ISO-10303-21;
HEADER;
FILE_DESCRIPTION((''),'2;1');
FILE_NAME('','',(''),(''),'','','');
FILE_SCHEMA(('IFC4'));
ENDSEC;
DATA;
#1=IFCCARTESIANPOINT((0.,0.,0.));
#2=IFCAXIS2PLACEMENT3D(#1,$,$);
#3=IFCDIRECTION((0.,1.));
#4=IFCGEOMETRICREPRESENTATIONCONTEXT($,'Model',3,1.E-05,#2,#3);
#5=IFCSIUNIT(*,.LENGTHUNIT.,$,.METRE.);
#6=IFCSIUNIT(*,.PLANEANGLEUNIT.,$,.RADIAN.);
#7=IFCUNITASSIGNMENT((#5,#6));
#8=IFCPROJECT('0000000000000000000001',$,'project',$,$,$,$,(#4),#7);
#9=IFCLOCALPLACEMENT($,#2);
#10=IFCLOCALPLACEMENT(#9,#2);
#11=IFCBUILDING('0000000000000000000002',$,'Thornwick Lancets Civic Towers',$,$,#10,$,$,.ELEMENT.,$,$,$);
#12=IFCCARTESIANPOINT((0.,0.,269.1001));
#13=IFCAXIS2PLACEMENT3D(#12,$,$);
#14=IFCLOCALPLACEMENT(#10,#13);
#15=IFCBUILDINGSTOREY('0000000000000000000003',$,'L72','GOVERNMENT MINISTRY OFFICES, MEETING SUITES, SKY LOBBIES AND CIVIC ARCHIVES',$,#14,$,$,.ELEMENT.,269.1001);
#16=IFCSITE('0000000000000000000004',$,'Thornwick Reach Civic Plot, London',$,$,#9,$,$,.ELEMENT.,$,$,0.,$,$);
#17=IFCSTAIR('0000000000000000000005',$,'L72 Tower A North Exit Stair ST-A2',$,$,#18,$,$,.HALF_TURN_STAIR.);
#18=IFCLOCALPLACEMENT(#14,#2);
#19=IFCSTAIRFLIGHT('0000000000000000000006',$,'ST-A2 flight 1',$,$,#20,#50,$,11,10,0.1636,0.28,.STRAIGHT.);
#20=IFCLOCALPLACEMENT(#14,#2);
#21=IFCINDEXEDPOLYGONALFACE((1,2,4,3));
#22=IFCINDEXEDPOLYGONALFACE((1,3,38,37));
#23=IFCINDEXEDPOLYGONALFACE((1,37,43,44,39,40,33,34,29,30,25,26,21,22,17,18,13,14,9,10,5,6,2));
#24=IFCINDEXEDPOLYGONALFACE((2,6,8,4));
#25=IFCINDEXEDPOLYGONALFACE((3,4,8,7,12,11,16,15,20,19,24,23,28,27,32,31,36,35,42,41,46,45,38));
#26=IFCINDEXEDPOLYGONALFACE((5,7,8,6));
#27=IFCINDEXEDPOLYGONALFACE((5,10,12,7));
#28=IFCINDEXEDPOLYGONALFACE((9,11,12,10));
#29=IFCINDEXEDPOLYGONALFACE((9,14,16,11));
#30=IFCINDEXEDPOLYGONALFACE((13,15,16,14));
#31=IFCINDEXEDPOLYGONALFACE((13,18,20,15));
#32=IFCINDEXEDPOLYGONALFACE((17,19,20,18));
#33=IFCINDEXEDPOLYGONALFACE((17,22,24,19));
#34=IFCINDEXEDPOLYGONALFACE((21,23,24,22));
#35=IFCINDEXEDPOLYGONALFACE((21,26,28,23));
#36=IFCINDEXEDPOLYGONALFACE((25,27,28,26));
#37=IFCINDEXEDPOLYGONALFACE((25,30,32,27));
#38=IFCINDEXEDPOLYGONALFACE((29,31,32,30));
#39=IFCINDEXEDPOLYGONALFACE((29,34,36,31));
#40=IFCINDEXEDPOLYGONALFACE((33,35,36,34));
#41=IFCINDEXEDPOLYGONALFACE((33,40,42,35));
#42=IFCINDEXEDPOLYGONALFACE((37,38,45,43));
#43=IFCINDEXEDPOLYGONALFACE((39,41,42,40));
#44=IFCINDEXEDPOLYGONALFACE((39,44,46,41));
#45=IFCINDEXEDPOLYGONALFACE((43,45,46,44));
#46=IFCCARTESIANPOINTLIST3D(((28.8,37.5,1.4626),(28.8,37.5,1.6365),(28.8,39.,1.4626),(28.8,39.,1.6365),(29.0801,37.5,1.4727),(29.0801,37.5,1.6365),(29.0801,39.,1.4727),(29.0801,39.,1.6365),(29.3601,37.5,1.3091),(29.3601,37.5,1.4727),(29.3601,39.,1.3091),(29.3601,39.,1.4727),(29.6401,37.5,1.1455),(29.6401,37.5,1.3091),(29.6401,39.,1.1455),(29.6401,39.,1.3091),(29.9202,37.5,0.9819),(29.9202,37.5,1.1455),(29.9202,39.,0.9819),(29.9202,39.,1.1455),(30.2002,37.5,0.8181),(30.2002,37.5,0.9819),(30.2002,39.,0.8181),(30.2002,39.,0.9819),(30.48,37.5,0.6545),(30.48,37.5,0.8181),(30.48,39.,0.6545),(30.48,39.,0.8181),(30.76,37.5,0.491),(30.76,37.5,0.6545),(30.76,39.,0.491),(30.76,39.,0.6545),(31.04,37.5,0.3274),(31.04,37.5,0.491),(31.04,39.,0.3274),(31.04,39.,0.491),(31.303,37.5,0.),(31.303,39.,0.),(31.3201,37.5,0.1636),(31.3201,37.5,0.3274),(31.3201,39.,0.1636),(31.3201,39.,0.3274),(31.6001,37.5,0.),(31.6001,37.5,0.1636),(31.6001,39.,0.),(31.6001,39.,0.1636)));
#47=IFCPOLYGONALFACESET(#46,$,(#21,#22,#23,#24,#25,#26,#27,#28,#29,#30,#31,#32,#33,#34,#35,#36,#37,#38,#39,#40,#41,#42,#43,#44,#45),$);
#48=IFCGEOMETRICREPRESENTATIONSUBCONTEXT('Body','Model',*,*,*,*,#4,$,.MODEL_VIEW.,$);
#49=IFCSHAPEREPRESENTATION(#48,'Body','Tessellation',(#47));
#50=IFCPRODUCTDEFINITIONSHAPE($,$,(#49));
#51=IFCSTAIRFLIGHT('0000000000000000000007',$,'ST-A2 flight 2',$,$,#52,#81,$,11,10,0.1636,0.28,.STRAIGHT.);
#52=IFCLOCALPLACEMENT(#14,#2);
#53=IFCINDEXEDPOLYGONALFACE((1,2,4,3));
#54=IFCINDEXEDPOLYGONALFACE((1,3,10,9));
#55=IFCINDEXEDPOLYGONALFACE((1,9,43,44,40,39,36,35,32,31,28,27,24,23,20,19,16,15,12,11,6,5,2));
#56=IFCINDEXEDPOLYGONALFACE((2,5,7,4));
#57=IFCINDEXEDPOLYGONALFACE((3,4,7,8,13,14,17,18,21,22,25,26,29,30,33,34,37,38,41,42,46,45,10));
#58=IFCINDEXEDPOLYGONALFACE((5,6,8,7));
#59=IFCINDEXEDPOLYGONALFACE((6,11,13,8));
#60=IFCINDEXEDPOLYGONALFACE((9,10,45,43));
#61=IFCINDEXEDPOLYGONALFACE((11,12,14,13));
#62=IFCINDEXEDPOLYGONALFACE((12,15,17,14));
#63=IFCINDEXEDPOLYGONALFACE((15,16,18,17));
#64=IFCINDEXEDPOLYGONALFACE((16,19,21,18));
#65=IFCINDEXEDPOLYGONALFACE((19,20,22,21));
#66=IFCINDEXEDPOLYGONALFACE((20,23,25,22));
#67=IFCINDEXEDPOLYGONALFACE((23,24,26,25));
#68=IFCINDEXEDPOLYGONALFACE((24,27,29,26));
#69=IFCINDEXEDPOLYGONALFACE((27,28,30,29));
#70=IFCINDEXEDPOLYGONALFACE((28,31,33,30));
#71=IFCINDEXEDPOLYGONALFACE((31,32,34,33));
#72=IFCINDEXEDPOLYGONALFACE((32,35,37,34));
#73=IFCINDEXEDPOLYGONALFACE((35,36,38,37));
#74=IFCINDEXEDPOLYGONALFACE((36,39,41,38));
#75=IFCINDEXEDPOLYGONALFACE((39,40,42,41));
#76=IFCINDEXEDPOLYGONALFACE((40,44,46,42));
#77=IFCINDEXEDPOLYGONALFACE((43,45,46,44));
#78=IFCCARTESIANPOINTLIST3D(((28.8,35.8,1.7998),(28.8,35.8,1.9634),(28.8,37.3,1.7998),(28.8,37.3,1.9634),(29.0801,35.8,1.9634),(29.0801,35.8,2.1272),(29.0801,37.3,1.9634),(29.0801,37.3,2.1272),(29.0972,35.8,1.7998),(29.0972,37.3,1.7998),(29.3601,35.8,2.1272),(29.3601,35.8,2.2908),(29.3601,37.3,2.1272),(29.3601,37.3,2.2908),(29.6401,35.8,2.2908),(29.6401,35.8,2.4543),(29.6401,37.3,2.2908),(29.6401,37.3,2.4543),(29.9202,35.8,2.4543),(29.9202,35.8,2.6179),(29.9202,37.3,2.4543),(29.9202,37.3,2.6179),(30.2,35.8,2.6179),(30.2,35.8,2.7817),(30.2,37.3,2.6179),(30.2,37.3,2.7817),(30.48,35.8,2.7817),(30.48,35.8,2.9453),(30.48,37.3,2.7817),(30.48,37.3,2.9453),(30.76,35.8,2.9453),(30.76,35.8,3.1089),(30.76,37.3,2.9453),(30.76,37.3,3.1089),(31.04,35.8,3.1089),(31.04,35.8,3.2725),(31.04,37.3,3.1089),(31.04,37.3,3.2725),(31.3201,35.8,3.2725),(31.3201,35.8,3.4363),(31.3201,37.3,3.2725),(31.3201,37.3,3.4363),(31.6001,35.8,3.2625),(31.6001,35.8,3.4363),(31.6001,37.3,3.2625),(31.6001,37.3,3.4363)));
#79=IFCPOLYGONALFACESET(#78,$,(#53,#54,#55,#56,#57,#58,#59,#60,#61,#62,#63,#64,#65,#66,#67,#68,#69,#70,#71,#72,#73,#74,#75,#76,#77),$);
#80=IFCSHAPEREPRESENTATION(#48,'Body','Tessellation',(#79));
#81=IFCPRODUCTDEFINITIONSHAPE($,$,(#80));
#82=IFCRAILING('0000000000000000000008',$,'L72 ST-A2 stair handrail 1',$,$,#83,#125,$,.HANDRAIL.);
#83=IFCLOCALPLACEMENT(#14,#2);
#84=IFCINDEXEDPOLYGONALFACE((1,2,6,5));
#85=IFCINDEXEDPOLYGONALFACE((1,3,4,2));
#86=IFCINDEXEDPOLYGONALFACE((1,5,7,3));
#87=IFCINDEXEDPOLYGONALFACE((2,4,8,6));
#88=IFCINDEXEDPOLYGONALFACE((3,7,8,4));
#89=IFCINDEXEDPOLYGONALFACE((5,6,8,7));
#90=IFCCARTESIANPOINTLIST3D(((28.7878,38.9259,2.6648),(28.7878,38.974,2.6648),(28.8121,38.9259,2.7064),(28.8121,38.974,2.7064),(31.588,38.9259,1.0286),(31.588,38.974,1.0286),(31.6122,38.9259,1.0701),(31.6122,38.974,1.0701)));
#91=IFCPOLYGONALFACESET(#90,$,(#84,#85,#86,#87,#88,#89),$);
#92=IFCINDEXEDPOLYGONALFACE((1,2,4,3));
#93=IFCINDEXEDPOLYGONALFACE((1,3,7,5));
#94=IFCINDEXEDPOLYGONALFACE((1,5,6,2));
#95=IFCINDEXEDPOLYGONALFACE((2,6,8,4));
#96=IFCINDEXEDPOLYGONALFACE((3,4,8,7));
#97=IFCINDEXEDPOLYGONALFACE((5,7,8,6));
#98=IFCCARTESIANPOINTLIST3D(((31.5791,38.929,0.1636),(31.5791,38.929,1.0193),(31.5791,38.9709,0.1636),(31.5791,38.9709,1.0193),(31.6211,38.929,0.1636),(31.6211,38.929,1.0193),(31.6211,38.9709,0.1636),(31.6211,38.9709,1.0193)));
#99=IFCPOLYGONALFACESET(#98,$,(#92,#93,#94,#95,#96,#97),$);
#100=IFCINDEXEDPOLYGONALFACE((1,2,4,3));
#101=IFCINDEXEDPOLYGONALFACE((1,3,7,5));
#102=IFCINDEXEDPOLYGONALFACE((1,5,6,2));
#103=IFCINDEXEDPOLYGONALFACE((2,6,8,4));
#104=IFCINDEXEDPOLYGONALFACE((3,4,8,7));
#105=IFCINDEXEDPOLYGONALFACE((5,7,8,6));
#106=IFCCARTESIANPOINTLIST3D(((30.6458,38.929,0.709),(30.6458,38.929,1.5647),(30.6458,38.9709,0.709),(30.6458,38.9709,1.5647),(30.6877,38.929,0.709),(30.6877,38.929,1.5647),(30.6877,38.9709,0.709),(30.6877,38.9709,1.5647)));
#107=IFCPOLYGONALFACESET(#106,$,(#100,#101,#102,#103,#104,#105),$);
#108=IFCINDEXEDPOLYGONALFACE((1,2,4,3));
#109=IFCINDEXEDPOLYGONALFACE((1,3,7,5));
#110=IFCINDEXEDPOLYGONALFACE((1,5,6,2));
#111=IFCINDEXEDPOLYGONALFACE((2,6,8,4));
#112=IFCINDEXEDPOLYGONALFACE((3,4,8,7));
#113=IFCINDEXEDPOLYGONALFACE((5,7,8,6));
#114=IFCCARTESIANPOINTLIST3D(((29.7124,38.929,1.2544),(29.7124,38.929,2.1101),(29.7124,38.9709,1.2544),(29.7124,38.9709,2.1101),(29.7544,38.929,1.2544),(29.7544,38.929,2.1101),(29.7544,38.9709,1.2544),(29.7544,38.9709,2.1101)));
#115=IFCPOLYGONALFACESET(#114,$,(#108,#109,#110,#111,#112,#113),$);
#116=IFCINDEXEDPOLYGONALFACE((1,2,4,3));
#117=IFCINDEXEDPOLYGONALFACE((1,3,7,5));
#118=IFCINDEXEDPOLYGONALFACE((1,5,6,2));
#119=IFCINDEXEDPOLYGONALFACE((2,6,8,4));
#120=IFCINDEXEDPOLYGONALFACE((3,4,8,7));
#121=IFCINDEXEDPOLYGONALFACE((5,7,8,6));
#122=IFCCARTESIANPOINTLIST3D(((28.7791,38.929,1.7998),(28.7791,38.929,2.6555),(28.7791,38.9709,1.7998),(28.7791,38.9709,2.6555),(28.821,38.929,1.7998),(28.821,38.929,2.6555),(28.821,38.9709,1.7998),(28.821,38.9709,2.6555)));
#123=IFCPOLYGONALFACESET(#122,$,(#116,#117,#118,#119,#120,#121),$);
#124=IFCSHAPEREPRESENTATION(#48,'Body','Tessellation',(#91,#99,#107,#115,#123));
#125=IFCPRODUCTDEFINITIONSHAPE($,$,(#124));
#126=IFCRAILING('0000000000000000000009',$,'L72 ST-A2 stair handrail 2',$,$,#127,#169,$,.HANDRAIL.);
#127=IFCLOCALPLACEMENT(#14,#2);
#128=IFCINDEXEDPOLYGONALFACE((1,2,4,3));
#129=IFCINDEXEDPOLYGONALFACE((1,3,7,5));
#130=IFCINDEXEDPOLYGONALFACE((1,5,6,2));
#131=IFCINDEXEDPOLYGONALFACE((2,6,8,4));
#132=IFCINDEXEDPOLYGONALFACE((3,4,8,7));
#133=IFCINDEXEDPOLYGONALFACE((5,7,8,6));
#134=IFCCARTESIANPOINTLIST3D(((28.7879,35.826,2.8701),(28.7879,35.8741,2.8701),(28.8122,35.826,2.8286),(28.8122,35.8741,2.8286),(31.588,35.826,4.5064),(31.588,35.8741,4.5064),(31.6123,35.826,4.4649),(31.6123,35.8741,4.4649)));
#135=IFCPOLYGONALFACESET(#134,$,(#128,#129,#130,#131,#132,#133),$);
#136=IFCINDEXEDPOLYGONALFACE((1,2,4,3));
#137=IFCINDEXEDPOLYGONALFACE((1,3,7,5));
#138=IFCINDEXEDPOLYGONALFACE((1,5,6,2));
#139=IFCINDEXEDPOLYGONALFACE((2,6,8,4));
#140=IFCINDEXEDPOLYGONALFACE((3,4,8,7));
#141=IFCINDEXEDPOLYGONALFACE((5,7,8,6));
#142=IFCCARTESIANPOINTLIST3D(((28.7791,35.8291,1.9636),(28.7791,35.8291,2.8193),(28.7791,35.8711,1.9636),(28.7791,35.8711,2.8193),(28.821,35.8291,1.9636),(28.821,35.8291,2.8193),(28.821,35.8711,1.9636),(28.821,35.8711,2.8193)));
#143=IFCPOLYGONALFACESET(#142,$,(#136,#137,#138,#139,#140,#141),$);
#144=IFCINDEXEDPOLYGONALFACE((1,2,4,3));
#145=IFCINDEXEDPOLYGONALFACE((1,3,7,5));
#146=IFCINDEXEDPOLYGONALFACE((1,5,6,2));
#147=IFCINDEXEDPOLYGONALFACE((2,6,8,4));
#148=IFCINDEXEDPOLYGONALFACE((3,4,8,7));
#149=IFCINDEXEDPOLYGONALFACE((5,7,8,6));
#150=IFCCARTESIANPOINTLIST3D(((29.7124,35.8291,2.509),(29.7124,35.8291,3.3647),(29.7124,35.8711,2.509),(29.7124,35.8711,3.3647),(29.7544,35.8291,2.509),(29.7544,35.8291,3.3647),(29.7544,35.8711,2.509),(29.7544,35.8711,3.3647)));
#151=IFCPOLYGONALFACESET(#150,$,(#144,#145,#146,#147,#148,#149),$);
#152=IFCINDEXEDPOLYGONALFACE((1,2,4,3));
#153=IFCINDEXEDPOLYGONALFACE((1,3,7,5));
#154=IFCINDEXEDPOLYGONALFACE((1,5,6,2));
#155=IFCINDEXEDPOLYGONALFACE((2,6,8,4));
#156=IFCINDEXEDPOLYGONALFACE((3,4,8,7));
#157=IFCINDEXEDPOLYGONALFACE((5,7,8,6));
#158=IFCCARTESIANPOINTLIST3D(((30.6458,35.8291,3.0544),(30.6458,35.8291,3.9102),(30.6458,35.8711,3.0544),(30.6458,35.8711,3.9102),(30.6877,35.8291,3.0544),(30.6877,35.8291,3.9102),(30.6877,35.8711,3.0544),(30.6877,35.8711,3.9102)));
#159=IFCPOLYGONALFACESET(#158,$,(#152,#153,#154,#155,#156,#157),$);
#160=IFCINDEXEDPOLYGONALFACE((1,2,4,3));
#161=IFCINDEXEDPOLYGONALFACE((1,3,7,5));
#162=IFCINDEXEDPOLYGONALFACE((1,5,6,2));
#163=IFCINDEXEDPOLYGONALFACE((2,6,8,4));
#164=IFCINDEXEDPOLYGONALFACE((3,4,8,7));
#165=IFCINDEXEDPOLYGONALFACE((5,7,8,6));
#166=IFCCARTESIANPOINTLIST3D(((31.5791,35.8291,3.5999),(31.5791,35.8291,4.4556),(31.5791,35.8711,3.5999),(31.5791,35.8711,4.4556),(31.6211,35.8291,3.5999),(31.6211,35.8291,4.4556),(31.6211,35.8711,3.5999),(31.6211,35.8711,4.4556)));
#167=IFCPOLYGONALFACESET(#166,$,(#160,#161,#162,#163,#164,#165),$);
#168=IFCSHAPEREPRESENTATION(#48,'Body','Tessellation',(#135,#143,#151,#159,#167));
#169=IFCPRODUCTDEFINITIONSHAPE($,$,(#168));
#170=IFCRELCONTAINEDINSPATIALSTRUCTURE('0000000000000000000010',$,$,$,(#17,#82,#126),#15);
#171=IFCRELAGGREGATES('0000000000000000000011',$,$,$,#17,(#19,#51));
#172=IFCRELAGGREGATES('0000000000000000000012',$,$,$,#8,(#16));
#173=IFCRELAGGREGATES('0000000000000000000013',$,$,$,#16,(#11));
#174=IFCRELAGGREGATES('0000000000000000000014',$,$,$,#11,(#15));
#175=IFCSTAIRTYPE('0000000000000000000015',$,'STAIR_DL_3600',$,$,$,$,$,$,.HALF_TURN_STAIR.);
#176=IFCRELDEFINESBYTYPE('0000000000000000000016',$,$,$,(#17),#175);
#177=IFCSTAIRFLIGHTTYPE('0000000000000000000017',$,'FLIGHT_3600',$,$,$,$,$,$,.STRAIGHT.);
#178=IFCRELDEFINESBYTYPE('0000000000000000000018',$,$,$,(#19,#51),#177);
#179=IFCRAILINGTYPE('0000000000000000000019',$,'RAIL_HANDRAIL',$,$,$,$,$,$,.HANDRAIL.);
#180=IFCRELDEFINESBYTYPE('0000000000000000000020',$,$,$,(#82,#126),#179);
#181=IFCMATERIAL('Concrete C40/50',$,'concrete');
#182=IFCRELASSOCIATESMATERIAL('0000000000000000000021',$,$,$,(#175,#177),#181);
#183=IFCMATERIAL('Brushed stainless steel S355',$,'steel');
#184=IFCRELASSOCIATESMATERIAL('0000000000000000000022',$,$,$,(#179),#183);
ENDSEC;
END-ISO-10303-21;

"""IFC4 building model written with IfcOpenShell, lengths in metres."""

from ifc_helpers import new_model, si_unit, direction, frame, origin, origin_2d, place, context, subcontext, project, spatial, polyline, rectangle, outline, extrude, material, type_object, element, aggregate, save


model = new_model("IFC4")

# Units and contexts
model_context = context("Model", 3, precision=1e-05, world=origin(), true_north=direction((0.0, 1.0)))
body_context = subcontext(model_context, "Body", "Model", "MODEL_VIEW")
ifc_project = project(units=[si_unit("LENGTHUNIT", "METRE"), si_unit("PLANEANGLEUNIT", "RADIAN")], contexts=[model_context])

# Site, building, storey
site_placement = place(None, origin())
site = spatial("IfcSite", under=ifc_project, at=site_placement, Name="Thornwick Reach Civic Plot, London", CompositionType="ELEMENT", RefElevation=0.0)
building_placement = place(site_placement, origin())
building = spatial("IfcBuilding", under=site, at=building_placement, Name="Thornwick Lancets Civic Towers", CompositionType="ELEMENT")
storey_placement = place(building_placement, frame((0.0, 0.0, 269.1001)))
storey = spatial("IfcBuildingStorey", under=building, at=storey_placement, Name="L72", Description="GOVERNMENT MINISTRY OFFICES, MEETING SUITES, SKY LOBBIES AND CIVIC ARCHIVES", CompositionType="ELEMENT", Elevation=269.1001)

# Shared definitions
ifc_material_1 = material(Name="Concrete C40/50", Category="concrete")

# Stair, stair flights
stair_type = type_object("IfcStairType", Name="STAIR_DL_3600", PredefinedType="HALF_TURN_STAIR", material=ifc_material_1)
stair_placement = place(storey_placement, origin())
stair = element("IfcStair", 1, at=stair_placement, inside=storey, type_object=stair_type, Name="L72 Tower A North Exit Stair ST-A2", PredefinedType="HALF_TURN_STAIR")
stair_flight_type = type_object("IfcStairFlightType", Name="FLIGHT_3600", PredefinedType="STRAIGHT", material=ifc_material_1)
stair_flight_1_placement = place(storey_placement, frame((31.6001, 38.25, 0.0), z_axis=(0.0, 0.0, 1.0), x_axis=(-1.0, 0.0, 0.0)))
stair_flight_1 = element("IfcStairFlight", 2, at=stair_flight_1_placement, type_object=stair_flight_type, Name="ST-A2 flight 1", NumberOfRisers=11, NumberOfTreads=10, PredefinedType="STRAIGHT", RiserHeight=0.1636, TreadLength=0.28, context=body_context, shape_type="SweptSolid", body=[
    extrude(outline(polyline([(0.0, 0.0), (0.0, 0.1636), (0.28, 0.1636), (0.28, 0.3274), (0.5601, 0.3274), (0.5601, 0.491), (0.8401, 0.491), (0.8401, 0.6545), (1.1201, 0.6545), (1.1201, 0.8181), (1.3999, 0.8181), (1.3999, 0.9819), (1.6799, 0.9819), (1.6799, 1.1455), (1.96, 1.1455), (1.96, 1.3091), (2.24, 1.3091), (2.24, 1.4727), (2.52, 1.4727), (2.52, 1.6365), (2.8, 1.6365), (2.8, 1.8), (2.8, 1.4626), (0.2971, 0.0), (0.0, 0.0)])), frame((0.0, 0.75, 0.0), z_axis=(0.0, -1.0, 0.0), x_axis=(1.0, 0.0, 0.0)), (0.0, 0.0, 1.0), 1.5),
])
stair_flight_2_placement = place(storey_placement, frame((28.8, 36.55, 1.7998), z_axis=(0.0, 0.0, 1.0), x_axis=(1.0, 0.0, 0.0)))
stair_flight_2 = element("IfcStairFlight", 3, at=stair_flight_2_placement, type_object=stair_flight_type, Name="ST-A2 flight 2", NumberOfRisers=11, NumberOfTreads=10, PredefinedType="STRAIGHT", RiserHeight=0.1636, TreadLength=0.28, context=body_context, shape_type="SweptSolid", body=[
    extrude(outline(polyline([(0.0, 0.0), (0.0, 0.1636), (0.28, 0.1636), (0.28, 0.3274), (0.5601, 0.3274), (0.5601, 0.491), (0.8401, 0.491), (0.8401, 0.6545), (1.1201, 0.6545), (1.1201, 0.8181), (1.3999, 0.8181), (1.3999, 0.9819), (1.6799, 0.9819), (1.6799, 1.1455), (1.96, 1.1455), (1.96, 1.3091), (2.24, 1.3091), (2.24, 1.4727), (2.52, 1.4727), (2.52, 1.6365), (2.8, 1.6365), (2.8, 1.8), (2.8, 1.4626), (0.2971, 0.0), (0.0, 0.0)])), frame((0.0, 0.75, 0.0), z_axis=(0.0, -1.0, 0.0), x_axis=(1.0, 0.0, 0.0)), (0.0, 0.0, 1.0), 1.5),
])
aggregate(stair, [stair_flight_1, stair_flight_2])

# Railings
ifc_material_2 = material(Name="Brushed stainless steel S355", Category="steel")
railing_type_1 = type_object("IfcRailingType", Name="RAIL_HANDRAIL", PredefinedType="HANDRAIL", material=ifc_material_2)
railing_1_placement = place(storey_placement, frame((31.6001, 38.95, 0.1636)))
element("IfcRailing", 4, at=railing_1_placement, inside=storey, type_object=railing_type_1, Name="L72 ST-A2 stair handrail 1", PredefinedType="HANDRAIL", context=body_context, shape_type="SweptSolid", body=[
    extrude(rectangle(XDim=0.0481, YDim=0.0481, at=origin_2d()), frame((0.0, 0.0, 0.8857), z_axis=(-0.863394, 0.0, 0.504531), x_axis=(0.0, -1.0, 0.0)), (0.0, 0.0, 1.0), 3.2432),
    extrude(rectangle(XDim=0.042, YDim=0.042, at=origin_2d()), origin(), (0.0, 0.0, 1.0), 0.8557),
    extrude(rectangle(XDim=0.042, YDim=0.042, at=origin_2d()), frame((-0.9333, 0.0, 0.5454)), (0.0, 0.0, 1.0), 0.8557),
    extrude(rectangle(XDim=0.042, YDim=0.042, at=origin_2d()), frame((-1.8667, 0.0, 1.0908)), (0.0, 0.0, 1.0), 0.8557),
    extrude(rectangle(XDim=0.042, YDim=0.042, at=origin_2d()), frame((-2.8, 0.0, 1.6362)), (0.0, 0.0, 1.0), 0.8557),
])
railing_2_placement = place(storey_placement, frame((28.8, 35.8501, 1.9636)))
element("IfcRailing", 5, at=railing_2_placement, inside=storey, type_object=railing_type_1, Name="L72 ST-A2 stair handrail 2", PredefinedType="HANDRAIL", context=body_context, shape_type="SweptSolid", body=[
    extrude(rectangle(XDim=0.0481, YDim=0.0481, at=origin_2d()), frame((0.0, 0.0, 0.8857), z_axis=(0.863394, 0.0, 0.504531), x_axis=(0.0, 1.0, 0.0)), (0.0, 0.0, 1.0), 3.2432),
    extrude(rectangle(XDim=0.042, YDim=0.042, at=origin_2d()), origin(), (0.0, 0.0, 1.0), 0.8557),
    extrude(rectangle(XDim=0.042, YDim=0.042, at=origin_2d()), frame((0.9333, 0.0, 0.5454)), (0.0, 0.0, 1.0), 0.8557),
    extrude(rectangle(XDim=0.042, YDim=0.042, at=origin_2d()), frame((1.8667, 0.0, 1.0908)), (0.0, 0.0, 1.0), 0.8557),
    extrude(rectangle(XDim=0.042, YDim=0.042, at=origin_2d()), frame((2.8, 0.0, 1.6362)), (0.0, 0.0, 1.0), 0.8557),
])

save(model, "model.ifc")
